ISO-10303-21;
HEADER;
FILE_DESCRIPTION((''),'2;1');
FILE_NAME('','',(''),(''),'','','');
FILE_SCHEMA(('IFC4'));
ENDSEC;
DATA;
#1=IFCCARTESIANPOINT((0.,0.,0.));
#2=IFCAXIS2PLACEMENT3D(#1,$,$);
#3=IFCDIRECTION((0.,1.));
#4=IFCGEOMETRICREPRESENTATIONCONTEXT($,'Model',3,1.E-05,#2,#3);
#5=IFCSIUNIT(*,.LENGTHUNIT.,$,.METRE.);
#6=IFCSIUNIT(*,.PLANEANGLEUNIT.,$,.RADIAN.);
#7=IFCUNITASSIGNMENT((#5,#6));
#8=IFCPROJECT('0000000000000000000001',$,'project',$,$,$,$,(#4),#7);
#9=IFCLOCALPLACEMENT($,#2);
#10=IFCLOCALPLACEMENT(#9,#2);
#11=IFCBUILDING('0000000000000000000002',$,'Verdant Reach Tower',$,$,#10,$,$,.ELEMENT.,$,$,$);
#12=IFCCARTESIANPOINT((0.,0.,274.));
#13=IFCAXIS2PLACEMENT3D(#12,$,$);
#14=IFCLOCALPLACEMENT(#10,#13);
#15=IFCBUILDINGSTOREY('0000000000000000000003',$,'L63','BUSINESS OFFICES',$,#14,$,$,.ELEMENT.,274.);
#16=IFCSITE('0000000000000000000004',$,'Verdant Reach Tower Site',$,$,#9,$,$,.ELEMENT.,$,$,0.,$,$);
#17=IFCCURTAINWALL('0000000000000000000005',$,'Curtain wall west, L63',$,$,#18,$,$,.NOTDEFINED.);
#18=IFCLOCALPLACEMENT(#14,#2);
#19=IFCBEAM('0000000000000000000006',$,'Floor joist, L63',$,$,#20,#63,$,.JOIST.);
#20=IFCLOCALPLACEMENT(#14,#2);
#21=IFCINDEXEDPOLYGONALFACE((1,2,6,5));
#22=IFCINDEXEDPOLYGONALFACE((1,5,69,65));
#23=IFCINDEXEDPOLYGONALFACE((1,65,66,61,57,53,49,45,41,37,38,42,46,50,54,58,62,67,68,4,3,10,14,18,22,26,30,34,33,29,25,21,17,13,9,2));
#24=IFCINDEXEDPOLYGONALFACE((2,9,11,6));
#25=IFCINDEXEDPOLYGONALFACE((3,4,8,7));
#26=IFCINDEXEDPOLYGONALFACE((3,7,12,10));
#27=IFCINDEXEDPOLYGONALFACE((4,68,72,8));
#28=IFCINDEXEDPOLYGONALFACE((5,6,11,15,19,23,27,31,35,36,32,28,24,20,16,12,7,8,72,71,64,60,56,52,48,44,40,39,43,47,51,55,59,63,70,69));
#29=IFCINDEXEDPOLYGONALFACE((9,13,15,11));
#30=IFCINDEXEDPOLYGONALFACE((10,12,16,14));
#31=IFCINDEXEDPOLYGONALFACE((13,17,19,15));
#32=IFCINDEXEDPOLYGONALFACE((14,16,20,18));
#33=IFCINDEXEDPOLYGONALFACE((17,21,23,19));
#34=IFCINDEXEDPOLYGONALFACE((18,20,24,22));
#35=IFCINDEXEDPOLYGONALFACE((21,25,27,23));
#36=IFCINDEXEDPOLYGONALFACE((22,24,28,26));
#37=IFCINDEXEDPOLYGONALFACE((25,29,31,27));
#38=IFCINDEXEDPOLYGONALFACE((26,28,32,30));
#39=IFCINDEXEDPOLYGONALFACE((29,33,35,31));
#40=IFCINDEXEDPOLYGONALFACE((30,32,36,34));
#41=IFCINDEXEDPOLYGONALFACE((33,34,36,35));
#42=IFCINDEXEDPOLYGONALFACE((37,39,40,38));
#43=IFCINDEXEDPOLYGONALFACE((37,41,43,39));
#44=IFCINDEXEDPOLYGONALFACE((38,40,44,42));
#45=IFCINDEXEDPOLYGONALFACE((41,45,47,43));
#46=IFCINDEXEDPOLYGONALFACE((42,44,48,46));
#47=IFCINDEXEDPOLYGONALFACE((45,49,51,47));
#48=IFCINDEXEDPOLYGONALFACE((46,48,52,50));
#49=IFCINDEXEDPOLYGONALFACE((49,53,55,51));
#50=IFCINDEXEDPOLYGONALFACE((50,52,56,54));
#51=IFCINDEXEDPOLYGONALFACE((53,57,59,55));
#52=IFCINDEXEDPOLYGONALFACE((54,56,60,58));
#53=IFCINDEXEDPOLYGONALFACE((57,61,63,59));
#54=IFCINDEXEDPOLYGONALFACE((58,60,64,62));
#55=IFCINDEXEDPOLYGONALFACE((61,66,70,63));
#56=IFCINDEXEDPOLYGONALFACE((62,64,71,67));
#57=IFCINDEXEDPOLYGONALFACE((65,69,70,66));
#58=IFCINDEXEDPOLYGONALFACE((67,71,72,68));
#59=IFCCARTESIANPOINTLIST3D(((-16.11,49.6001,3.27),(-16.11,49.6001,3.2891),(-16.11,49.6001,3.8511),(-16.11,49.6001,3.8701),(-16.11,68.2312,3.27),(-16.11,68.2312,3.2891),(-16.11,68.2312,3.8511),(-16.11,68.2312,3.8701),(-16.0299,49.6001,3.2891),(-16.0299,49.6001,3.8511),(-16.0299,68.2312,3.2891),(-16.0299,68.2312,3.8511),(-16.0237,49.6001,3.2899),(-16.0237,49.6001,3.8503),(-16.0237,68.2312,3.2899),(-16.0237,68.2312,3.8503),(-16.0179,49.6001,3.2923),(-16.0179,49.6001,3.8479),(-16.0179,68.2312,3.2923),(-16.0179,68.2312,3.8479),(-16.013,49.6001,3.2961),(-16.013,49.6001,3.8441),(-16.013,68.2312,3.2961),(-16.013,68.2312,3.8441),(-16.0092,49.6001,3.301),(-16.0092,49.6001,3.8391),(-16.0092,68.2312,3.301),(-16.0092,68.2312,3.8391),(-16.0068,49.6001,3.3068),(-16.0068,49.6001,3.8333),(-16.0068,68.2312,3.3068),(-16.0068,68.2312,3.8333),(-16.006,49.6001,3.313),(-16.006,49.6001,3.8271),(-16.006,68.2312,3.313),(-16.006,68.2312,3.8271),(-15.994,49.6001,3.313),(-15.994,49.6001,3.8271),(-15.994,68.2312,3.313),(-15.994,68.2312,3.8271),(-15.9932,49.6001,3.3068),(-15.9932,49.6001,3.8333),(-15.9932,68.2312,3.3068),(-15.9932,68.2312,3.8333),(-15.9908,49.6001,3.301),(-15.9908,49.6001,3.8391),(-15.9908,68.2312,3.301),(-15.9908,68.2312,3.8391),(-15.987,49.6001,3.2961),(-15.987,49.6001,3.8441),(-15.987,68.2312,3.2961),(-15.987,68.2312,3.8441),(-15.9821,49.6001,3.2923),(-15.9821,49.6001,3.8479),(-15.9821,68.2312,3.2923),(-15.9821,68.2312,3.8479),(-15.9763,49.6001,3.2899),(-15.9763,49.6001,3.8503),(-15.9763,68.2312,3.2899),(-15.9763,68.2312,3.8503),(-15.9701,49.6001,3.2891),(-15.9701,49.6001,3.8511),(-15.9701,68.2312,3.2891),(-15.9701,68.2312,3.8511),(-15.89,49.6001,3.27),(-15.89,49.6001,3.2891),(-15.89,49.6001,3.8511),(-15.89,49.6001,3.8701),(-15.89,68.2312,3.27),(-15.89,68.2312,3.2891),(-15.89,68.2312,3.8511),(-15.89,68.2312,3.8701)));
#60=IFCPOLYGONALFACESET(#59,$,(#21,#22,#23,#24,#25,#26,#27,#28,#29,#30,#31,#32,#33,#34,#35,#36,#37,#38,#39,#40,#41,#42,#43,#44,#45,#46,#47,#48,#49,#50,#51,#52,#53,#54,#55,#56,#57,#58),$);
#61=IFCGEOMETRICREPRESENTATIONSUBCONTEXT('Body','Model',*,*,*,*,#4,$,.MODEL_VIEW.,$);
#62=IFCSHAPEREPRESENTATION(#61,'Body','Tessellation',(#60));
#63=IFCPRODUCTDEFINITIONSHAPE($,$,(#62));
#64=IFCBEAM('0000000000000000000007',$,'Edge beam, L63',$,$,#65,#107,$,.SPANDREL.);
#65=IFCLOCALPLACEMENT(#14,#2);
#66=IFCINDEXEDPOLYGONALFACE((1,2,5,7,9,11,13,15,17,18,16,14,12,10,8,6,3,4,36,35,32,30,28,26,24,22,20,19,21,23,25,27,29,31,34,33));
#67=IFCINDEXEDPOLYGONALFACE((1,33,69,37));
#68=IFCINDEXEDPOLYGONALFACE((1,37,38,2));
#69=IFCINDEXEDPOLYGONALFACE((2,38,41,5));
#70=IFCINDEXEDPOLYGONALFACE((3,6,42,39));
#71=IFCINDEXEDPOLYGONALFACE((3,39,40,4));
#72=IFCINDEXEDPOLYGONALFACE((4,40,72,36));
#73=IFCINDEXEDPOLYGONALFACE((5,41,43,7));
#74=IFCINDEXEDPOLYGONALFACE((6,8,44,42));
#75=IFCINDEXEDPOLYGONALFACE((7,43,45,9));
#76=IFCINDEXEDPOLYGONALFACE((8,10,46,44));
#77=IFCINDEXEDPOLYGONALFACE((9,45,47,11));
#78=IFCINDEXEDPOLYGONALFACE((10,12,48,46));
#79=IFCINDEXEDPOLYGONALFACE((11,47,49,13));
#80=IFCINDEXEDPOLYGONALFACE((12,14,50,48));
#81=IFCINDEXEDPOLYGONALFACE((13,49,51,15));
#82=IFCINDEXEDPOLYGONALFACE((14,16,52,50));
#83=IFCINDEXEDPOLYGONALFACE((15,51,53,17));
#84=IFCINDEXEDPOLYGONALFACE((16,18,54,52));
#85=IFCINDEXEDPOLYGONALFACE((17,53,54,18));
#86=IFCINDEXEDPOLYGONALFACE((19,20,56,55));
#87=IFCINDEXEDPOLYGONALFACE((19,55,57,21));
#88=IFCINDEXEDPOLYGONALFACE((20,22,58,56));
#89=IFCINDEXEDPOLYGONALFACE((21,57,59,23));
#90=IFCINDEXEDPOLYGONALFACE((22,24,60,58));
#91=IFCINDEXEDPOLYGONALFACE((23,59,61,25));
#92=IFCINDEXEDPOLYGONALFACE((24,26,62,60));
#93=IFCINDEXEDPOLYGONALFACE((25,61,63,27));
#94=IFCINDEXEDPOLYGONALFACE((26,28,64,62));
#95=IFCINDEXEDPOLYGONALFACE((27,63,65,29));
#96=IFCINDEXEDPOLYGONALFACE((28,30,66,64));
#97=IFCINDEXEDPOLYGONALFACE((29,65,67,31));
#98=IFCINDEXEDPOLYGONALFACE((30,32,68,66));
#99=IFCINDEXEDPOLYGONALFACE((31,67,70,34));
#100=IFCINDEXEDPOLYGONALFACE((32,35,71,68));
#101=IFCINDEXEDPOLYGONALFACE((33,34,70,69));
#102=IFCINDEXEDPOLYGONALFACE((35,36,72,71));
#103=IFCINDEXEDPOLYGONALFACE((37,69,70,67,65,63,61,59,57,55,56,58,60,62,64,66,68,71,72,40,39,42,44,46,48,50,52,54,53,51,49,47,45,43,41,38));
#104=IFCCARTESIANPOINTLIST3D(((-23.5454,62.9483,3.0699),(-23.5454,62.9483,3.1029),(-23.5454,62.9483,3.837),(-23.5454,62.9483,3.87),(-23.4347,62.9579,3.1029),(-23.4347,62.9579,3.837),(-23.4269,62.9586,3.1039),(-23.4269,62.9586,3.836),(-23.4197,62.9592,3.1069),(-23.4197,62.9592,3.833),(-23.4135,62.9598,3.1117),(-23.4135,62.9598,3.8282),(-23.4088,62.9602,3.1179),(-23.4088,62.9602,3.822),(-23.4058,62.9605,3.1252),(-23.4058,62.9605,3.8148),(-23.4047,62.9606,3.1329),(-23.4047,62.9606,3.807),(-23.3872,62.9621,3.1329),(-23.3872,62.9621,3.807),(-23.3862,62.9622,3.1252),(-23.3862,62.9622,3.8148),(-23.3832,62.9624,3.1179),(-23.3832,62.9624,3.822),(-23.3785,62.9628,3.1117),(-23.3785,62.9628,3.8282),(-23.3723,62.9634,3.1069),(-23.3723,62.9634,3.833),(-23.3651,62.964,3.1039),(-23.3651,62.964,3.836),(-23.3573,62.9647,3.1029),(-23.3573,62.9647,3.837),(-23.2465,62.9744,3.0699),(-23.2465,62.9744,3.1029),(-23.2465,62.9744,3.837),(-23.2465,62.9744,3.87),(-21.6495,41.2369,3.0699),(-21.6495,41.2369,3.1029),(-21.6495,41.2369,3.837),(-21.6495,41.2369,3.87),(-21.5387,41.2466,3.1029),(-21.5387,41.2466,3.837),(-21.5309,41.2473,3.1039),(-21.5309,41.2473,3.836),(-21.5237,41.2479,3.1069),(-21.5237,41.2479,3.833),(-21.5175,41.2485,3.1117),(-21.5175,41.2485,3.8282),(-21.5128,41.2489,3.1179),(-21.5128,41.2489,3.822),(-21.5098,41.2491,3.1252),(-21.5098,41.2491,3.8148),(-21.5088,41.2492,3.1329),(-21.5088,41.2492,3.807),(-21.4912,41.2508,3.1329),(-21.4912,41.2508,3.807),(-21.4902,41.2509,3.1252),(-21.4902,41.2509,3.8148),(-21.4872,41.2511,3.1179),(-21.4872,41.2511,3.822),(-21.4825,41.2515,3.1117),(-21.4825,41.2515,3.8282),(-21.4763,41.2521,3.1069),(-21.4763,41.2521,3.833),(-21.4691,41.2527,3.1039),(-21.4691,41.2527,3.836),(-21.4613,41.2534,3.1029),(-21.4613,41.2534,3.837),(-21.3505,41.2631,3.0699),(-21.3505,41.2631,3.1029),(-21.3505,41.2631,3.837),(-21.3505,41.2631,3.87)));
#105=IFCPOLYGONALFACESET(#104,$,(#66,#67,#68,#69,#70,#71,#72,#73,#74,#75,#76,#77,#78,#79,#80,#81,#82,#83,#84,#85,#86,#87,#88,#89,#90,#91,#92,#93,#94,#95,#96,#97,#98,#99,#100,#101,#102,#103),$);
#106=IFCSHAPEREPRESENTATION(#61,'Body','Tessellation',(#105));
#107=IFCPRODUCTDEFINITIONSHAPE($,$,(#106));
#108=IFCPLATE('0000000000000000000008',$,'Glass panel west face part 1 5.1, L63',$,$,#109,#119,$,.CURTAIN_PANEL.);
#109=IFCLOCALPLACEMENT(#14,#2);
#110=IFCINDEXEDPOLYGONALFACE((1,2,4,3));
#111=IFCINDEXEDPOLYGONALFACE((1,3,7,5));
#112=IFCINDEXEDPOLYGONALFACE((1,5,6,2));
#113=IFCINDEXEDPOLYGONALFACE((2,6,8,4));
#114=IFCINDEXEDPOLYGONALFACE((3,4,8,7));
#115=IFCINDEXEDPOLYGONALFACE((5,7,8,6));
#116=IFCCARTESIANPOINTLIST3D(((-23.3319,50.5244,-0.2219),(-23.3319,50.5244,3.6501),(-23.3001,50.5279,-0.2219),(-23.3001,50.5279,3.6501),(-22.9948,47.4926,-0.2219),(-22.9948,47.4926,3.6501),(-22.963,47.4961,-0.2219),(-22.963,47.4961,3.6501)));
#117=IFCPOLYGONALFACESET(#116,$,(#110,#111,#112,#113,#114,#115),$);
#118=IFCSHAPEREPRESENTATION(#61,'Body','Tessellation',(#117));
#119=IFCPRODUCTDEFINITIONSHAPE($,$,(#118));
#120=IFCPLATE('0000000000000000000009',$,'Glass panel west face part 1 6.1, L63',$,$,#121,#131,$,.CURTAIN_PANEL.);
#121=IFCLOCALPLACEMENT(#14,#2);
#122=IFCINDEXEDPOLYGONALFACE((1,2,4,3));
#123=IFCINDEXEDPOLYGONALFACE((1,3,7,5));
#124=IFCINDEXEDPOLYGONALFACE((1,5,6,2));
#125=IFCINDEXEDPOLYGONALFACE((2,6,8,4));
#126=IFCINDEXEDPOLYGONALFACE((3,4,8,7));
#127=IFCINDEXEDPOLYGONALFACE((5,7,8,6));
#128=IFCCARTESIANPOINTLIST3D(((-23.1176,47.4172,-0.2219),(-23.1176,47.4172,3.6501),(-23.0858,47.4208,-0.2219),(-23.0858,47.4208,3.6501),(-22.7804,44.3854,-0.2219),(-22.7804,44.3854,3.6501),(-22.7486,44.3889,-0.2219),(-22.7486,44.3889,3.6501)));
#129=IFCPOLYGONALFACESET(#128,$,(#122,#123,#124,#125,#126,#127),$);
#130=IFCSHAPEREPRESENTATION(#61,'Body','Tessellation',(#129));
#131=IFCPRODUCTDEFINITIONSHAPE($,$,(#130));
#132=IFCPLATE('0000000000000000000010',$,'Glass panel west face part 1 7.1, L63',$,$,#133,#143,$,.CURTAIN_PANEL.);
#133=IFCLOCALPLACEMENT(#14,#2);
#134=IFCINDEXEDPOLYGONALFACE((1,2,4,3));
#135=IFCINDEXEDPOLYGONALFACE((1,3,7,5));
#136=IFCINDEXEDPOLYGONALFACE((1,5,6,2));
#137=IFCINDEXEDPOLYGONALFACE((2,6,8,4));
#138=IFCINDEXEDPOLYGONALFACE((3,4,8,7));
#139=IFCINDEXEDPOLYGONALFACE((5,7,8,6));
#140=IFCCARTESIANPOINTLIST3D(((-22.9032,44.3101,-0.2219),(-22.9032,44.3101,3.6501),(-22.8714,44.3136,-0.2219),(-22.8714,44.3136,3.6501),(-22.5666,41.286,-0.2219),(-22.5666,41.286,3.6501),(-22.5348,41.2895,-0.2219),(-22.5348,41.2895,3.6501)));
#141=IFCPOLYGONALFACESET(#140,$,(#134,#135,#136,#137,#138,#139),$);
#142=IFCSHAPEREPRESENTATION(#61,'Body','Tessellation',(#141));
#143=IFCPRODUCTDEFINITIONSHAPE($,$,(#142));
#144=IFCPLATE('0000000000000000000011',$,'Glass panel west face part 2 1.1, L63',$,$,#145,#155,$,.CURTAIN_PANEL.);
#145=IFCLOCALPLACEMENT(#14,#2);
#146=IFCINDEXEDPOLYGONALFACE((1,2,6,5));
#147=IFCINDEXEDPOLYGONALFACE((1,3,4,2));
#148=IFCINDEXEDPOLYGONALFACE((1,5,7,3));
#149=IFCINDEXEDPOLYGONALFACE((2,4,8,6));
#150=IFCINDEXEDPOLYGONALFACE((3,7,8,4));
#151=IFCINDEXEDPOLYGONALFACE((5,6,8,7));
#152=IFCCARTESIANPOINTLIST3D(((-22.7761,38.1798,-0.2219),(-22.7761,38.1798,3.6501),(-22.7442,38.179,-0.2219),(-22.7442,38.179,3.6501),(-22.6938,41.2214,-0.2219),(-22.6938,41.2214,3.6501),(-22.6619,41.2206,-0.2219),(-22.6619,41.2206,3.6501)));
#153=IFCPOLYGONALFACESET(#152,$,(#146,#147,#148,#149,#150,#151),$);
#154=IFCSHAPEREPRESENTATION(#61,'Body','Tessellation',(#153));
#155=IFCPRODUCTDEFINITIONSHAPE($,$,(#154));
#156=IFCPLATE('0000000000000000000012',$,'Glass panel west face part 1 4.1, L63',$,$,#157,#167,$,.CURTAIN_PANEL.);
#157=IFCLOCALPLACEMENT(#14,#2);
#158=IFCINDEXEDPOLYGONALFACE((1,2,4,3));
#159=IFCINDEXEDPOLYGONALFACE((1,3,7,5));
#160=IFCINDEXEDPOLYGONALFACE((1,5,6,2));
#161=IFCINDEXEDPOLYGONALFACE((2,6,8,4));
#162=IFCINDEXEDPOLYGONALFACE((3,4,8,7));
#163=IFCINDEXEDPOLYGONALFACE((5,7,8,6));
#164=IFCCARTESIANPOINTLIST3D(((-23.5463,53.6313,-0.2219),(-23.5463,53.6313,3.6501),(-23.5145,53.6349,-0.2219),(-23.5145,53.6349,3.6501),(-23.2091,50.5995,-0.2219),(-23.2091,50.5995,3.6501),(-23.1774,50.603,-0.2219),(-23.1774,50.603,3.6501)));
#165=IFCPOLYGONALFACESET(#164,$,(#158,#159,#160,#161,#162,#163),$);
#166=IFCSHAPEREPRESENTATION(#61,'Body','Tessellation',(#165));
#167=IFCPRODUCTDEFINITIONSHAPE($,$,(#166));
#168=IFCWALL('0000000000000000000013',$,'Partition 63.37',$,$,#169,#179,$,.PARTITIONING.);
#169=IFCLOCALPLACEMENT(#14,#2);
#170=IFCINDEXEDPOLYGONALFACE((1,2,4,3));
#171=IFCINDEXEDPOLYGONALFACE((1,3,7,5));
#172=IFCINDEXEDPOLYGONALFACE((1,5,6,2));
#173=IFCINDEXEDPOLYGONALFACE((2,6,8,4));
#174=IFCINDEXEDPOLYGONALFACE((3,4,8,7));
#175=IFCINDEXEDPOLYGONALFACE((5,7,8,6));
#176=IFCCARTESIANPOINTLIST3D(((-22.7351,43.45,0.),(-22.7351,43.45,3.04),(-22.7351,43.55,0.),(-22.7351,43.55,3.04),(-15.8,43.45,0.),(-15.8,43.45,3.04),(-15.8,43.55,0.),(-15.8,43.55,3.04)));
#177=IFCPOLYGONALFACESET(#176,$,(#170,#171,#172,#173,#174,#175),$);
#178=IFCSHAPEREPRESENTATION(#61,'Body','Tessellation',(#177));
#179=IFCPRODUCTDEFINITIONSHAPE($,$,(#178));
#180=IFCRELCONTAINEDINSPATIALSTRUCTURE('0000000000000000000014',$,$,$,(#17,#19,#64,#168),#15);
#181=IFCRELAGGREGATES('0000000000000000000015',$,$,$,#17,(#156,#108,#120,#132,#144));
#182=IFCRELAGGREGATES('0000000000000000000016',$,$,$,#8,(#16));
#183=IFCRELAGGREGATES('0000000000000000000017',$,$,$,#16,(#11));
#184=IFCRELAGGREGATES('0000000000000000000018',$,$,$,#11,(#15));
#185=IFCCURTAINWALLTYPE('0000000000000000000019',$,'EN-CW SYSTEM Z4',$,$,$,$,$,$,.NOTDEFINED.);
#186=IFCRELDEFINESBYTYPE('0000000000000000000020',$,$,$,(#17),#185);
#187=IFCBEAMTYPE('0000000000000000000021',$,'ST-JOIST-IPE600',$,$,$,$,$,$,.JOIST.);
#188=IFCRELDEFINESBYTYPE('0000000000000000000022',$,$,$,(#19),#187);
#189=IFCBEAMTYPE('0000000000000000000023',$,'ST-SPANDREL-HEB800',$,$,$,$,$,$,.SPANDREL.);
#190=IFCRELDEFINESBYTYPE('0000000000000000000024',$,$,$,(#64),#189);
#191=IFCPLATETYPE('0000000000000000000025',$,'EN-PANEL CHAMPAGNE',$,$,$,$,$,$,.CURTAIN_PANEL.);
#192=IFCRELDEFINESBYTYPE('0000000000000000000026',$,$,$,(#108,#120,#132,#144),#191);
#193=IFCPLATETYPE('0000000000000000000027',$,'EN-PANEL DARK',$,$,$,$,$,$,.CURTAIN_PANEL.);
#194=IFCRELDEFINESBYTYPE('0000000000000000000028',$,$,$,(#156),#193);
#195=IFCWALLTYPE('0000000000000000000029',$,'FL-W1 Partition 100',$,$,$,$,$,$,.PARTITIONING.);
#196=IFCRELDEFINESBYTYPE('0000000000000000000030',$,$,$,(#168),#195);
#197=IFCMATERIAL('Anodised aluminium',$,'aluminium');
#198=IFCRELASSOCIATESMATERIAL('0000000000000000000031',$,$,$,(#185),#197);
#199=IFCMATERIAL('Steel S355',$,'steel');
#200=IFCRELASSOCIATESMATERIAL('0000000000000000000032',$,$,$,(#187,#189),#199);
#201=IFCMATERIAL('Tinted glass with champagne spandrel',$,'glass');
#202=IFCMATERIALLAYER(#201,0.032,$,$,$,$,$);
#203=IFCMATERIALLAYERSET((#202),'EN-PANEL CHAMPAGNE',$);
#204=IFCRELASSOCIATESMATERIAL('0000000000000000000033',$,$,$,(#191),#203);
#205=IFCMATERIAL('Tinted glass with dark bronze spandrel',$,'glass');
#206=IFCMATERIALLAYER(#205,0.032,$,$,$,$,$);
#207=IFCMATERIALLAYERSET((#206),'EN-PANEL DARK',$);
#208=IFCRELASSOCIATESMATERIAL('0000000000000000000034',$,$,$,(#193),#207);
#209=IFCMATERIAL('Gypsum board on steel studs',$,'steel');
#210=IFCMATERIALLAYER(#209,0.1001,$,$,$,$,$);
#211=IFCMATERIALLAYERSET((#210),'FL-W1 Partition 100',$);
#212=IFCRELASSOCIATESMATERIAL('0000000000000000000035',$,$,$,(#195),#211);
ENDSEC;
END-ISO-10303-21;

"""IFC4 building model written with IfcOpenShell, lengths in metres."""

from ifc_helpers import new_model, si_unit, direction, frame, frame_2d, origin, origin_2d, place, context, subcontext, project, spatial, rectangle, i_section, extrude, material, layer, layer_set, material_profile, profile_set, type_object, element, aggregate, save


model = new_model("IFC4")

# Units and contexts
model_context = context("Model", 3, precision=1e-05, world=origin(), true_north=direction((0.0, 1.0)))
body_context = subcontext(model_context, "Body", "Model", "MODEL_VIEW")
ifc_project = project(units=[si_unit("LENGTHUNIT", "METRE"), si_unit("PLANEANGLEUNIT", "RADIAN")], contexts=[model_context])

# Site, building, storey
site_placement = place(None, origin())
site = spatial("IfcSite", under=ifc_project, at=site_placement, Name="Verdant Reach Tower Site", CompositionType="ELEMENT", RefElevation=0.0)
building_placement = place(site_placement, origin())
building = spatial("IfcBuilding", under=site, at=building_placement, Name="Verdant Reach Tower", CompositionType="ELEMENT")
storey_placement = place(building_placement, frame((0.0, 0.0, 274.0)))
storey = spatial("IfcBuildingStorey", under=building, at=storey_placement, Name="L63", Description="BUSINESS OFFICES", CompositionType="ELEMENT", Elevation=274.0)

# Curtain wall
ifc_material_1 = material(Name="Anodised aluminium", Category="aluminium")
curtain_wall_type = type_object("IfcCurtainWallType", Name="EN-CW SYSTEM Z4", PredefinedType="NOTDEFINED", material=ifc_material_1)
curtain_wall_placement = place(storey_placement, origin())
curtain_wall = element("IfcCurtainWall", 1, at=curtain_wall_placement, inside=storey, type_object=curtain_wall_type, Name="Curtain wall west, L63", PredefinedType="NOTDEFINED")

# Beams
ifc_material_2 = material(Name="Steel S355", Category="steel")
ifc_material_profile_1 = material_profile(ifc_material_2, i_section(OverallWidth=0.22, OverallDepth=0.6001, WebThickness=0.012, FlangeThickness=0.019, FilletRadius=0.0239, at=origin_2d()), Name="IPE 600")
ifc_profile_set_1 = profile_set([ifc_material_profile_1], Name="Steel S355")
beam_type_1 = type_object("IfcBeamType", Name="ST-JOIST-IPE600", PredefinedType="JOIST", material=ifc_profile_set_1)
beam_1_placement = place(storey_placement, frame((-16.0, 49.6001, 3.5701), z_axis=(0.0, 1.0, 0.0), x_axis=(-1.0, 0.0, 0.0)))
element("IfcBeam", 2, at=beam_1_placement, inside=storey, type_object=beam_type_1, Name="Floor joist, L63", PredefinedType="JOIST", context=body_context, shape_type="SweptSolid", body=[
    extrude(i_section(OverallWidth=0.22, OverallDepth=0.6001, WebThickness=0.012, FlangeThickness=0.019, FilletRadius=0.0239, at=origin_2d()), origin(), (0.0, 0.0, 1.0), 18.6311),
])
ifc_material_profile_2 = material_profile(ifc_material_2, i_section(OverallWidth=0.3, OverallDepth=0.8, WebThickness=0.0176, FlangeThickness=0.033, FilletRadius=0.03, at=origin_2d()), Name="HEB 800")
ifc_profile_set_2 = profile_set([ifc_material_profile_2], Name="Steel S355")
beam_type_2 = type_object("IfcBeamType", Name="ST-SPANDREL-HEB800", PredefinedType="SPANDREL", material=ifc_profile_set_2)
beam_2_placement = place(storey_placement, frame((-21.5, 41.25, 3.47), z_axis=(-0.086996, 0.996209, 0.0), x_axis=(-0.996209, -0.086996, 0.0)))
element("IfcBeam", 3, at=beam_2_placement, inside=storey, type_object=beam_type_2, Name="Edge beam, L63", PredefinedType="SPANDREL", context=body_context, shape_type="SweptSolid", body=[
    extrude(i_section(OverallWidth=0.3, OverallDepth=0.8, WebThickness=0.0176, FlangeThickness=0.033, FilletRadius=0.03, at=origin_2d()), origin(), (0.0, 0.0, 1.0), 21.7939),
])

# Plates
ifc_material_3 = material(Name="Tinted glass with champagne spandrel", Category="glass")
ifc_layer_1 = layer(ifc_material_3, 0.032)
ifc_layer_set_1 = layer_set([ifc_layer_1], Name="EN-PANEL CHAMPAGNE")
plate_type_1 = type_object("IfcPlateType", Name="EN-PANEL CHAMPAGNE", PredefinedType="CURTAIN_PANEL", material=ifc_layer_set_1)
plate_1_placement = place(storey_placement, frame((-23.1475, 49.0103, -0.2219), z_axis=(0.0, 0.0, 1.0), x_axis=(0.110518, -0.993874, 0.0)))
plate_1 = element("IfcPlate", 4, at=plate_1_placement, type_object=plate_type_1, Name="Glass panel west face part 1 5.1, L63", PredefinedType="CURTAIN_PANEL", context=body_context, shape_type="SweptSolid", body=[
    extrude(rectangle(XDim=3.0505, YDim=0.032, at=origin_2d()), origin(), (0.0, 0.0, 1.0), 3.8721),
])
plate_2_placement = place(storey_placement, frame((-22.9331, 45.9031, -0.2219), z_axis=(0.0, 0.0, 1.0), x_axis=(0.110518, -0.993874, 0.0)))
plate_2 = element("IfcPlate", 5, at=plate_2_placement, type_object=plate_type_1, Name="Glass panel west face part 1 6.1, L63", PredefinedType="CURTAIN_PANEL", context=body_context, shape_type="SweptSolid", body=[
    extrude(rectangle(XDim=3.0505, YDim=0.032, at=origin_2d()), origin(), (0.0, 0.0, 1.0), 3.8721),
])
plate_3_placement = place(storey_placement, frame((-22.719, 42.7998, -0.2219), z_axis=(0.0, 0.0, 1.0), x_axis=(0.110603, -0.993865, 0.0)))
plate_3 = element("IfcPlate", 6, at=plate_3_placement, type_object=plate_type_1, Name="Glass panel west face part 1 7.1, L63", PredefinedType="CURTAIN_PANEL", context=body_context, shape_type="SweptSolid", body=[
    extrude(rectangle(XDim=3.0427, YDim=0.032, at=origin_2d()), origin(), (0.0, 0.0, 1.0), 3.8721),
])
plate_4_placement = place(storey_placement, frame((-22.719, 39.7002, -0.2219), z_axis=(0.0, 0.0, 1.0), x_axis=(-0.027051, -0.999634, 0.0)))
plate_4 = element("IfcPlate", 7, at=plate_4_placement, type_object=plate_type_1, Name="Glass panel west face part 2 1.1, L63", PredefinedType="CURTAIN_PANEL", context=body_context, shape_type="SweptSolid", body=[
    extrude(rectangle(XDim=3.0427, YDim=0.032, at=origin_2d()), origin(), (0.0, 0.0, 1.0), 3.8721),
])
ifc_material_4 = material(Name="Tinted glass with dark bronze spandrel", Category="glass")
ifc_layer_2 = layer(ifc_material_4, 0.032)
ifc_layer_set_2 = layer_set([ifc_layer_2], Name="EN-PANEL DARK")
plate_type_2 = type_object("IfcPlateType", Name="EN-PANEL DARK", PredefinedType="CURTAIN_PANEL", material=ifc_layer_set_2)
plate_5_placement = place(storey_placement, frame((-23.3618, 52.1172, -0.2219), z_axis=(0.0, 0.0, 1.0), x_axis=(0.110518, -0.993874, 0.0)))
plate_5 = element("IfcPlate", 8, at=plate_5_placement, type_object=plate_type_2, Name="Glass panel west face part 1 4.1, L63", PredefinedType="CURTAIN_PANEL", context=body_context, shape_type="SweptSolid", body=[
    extrude(rectangle(XDim=3.0505, YDim=0.032, at=origin_2d()), origin(), (0.0, 0.0, 1.0), 3.8721),
])
aggregate(curtain_wall, [plate_5, plate_1, plate_2, plate_3, plate_4])

# Wall
ifc_material_5 = material(Name="Gypsum board on steel studs", Category="steel")
ifc_layer_3 = layer(ifc_material_5, 0.1001)
ifc_layer_set_3 = layer_set([ifc_layer_3], Name="FL-W1 Partition 100")
wall_type_1 = type_object("IfcWallType", Name="FL-W1 Partition 100", PredefinedType="PARTITIONING", material=ifc_layer_set_3)
wall_1_placement = place(storey_placement, frame((-15.8, 43.5, 0.0), z_axis=(0.0, 0.0, 1.0), x_axis=(-1.0, 0.0, 0.0)))
element("IfcWall", 9, at=wall_1_placement, inside=storey, type_object=wall_type_1, Name="Partition 63.37", PredefinedType="PARTITIONING", context=body_context, shape_type="SweptSolid", body=[
    extrude(rectangle(XDim=6.9351, YDim=0.1001, at=frame_2d((3.4675, 0.0))), origin(), (0.0, 0.0, 1.0), 3.04),
])

save(model, "model.ifc")
